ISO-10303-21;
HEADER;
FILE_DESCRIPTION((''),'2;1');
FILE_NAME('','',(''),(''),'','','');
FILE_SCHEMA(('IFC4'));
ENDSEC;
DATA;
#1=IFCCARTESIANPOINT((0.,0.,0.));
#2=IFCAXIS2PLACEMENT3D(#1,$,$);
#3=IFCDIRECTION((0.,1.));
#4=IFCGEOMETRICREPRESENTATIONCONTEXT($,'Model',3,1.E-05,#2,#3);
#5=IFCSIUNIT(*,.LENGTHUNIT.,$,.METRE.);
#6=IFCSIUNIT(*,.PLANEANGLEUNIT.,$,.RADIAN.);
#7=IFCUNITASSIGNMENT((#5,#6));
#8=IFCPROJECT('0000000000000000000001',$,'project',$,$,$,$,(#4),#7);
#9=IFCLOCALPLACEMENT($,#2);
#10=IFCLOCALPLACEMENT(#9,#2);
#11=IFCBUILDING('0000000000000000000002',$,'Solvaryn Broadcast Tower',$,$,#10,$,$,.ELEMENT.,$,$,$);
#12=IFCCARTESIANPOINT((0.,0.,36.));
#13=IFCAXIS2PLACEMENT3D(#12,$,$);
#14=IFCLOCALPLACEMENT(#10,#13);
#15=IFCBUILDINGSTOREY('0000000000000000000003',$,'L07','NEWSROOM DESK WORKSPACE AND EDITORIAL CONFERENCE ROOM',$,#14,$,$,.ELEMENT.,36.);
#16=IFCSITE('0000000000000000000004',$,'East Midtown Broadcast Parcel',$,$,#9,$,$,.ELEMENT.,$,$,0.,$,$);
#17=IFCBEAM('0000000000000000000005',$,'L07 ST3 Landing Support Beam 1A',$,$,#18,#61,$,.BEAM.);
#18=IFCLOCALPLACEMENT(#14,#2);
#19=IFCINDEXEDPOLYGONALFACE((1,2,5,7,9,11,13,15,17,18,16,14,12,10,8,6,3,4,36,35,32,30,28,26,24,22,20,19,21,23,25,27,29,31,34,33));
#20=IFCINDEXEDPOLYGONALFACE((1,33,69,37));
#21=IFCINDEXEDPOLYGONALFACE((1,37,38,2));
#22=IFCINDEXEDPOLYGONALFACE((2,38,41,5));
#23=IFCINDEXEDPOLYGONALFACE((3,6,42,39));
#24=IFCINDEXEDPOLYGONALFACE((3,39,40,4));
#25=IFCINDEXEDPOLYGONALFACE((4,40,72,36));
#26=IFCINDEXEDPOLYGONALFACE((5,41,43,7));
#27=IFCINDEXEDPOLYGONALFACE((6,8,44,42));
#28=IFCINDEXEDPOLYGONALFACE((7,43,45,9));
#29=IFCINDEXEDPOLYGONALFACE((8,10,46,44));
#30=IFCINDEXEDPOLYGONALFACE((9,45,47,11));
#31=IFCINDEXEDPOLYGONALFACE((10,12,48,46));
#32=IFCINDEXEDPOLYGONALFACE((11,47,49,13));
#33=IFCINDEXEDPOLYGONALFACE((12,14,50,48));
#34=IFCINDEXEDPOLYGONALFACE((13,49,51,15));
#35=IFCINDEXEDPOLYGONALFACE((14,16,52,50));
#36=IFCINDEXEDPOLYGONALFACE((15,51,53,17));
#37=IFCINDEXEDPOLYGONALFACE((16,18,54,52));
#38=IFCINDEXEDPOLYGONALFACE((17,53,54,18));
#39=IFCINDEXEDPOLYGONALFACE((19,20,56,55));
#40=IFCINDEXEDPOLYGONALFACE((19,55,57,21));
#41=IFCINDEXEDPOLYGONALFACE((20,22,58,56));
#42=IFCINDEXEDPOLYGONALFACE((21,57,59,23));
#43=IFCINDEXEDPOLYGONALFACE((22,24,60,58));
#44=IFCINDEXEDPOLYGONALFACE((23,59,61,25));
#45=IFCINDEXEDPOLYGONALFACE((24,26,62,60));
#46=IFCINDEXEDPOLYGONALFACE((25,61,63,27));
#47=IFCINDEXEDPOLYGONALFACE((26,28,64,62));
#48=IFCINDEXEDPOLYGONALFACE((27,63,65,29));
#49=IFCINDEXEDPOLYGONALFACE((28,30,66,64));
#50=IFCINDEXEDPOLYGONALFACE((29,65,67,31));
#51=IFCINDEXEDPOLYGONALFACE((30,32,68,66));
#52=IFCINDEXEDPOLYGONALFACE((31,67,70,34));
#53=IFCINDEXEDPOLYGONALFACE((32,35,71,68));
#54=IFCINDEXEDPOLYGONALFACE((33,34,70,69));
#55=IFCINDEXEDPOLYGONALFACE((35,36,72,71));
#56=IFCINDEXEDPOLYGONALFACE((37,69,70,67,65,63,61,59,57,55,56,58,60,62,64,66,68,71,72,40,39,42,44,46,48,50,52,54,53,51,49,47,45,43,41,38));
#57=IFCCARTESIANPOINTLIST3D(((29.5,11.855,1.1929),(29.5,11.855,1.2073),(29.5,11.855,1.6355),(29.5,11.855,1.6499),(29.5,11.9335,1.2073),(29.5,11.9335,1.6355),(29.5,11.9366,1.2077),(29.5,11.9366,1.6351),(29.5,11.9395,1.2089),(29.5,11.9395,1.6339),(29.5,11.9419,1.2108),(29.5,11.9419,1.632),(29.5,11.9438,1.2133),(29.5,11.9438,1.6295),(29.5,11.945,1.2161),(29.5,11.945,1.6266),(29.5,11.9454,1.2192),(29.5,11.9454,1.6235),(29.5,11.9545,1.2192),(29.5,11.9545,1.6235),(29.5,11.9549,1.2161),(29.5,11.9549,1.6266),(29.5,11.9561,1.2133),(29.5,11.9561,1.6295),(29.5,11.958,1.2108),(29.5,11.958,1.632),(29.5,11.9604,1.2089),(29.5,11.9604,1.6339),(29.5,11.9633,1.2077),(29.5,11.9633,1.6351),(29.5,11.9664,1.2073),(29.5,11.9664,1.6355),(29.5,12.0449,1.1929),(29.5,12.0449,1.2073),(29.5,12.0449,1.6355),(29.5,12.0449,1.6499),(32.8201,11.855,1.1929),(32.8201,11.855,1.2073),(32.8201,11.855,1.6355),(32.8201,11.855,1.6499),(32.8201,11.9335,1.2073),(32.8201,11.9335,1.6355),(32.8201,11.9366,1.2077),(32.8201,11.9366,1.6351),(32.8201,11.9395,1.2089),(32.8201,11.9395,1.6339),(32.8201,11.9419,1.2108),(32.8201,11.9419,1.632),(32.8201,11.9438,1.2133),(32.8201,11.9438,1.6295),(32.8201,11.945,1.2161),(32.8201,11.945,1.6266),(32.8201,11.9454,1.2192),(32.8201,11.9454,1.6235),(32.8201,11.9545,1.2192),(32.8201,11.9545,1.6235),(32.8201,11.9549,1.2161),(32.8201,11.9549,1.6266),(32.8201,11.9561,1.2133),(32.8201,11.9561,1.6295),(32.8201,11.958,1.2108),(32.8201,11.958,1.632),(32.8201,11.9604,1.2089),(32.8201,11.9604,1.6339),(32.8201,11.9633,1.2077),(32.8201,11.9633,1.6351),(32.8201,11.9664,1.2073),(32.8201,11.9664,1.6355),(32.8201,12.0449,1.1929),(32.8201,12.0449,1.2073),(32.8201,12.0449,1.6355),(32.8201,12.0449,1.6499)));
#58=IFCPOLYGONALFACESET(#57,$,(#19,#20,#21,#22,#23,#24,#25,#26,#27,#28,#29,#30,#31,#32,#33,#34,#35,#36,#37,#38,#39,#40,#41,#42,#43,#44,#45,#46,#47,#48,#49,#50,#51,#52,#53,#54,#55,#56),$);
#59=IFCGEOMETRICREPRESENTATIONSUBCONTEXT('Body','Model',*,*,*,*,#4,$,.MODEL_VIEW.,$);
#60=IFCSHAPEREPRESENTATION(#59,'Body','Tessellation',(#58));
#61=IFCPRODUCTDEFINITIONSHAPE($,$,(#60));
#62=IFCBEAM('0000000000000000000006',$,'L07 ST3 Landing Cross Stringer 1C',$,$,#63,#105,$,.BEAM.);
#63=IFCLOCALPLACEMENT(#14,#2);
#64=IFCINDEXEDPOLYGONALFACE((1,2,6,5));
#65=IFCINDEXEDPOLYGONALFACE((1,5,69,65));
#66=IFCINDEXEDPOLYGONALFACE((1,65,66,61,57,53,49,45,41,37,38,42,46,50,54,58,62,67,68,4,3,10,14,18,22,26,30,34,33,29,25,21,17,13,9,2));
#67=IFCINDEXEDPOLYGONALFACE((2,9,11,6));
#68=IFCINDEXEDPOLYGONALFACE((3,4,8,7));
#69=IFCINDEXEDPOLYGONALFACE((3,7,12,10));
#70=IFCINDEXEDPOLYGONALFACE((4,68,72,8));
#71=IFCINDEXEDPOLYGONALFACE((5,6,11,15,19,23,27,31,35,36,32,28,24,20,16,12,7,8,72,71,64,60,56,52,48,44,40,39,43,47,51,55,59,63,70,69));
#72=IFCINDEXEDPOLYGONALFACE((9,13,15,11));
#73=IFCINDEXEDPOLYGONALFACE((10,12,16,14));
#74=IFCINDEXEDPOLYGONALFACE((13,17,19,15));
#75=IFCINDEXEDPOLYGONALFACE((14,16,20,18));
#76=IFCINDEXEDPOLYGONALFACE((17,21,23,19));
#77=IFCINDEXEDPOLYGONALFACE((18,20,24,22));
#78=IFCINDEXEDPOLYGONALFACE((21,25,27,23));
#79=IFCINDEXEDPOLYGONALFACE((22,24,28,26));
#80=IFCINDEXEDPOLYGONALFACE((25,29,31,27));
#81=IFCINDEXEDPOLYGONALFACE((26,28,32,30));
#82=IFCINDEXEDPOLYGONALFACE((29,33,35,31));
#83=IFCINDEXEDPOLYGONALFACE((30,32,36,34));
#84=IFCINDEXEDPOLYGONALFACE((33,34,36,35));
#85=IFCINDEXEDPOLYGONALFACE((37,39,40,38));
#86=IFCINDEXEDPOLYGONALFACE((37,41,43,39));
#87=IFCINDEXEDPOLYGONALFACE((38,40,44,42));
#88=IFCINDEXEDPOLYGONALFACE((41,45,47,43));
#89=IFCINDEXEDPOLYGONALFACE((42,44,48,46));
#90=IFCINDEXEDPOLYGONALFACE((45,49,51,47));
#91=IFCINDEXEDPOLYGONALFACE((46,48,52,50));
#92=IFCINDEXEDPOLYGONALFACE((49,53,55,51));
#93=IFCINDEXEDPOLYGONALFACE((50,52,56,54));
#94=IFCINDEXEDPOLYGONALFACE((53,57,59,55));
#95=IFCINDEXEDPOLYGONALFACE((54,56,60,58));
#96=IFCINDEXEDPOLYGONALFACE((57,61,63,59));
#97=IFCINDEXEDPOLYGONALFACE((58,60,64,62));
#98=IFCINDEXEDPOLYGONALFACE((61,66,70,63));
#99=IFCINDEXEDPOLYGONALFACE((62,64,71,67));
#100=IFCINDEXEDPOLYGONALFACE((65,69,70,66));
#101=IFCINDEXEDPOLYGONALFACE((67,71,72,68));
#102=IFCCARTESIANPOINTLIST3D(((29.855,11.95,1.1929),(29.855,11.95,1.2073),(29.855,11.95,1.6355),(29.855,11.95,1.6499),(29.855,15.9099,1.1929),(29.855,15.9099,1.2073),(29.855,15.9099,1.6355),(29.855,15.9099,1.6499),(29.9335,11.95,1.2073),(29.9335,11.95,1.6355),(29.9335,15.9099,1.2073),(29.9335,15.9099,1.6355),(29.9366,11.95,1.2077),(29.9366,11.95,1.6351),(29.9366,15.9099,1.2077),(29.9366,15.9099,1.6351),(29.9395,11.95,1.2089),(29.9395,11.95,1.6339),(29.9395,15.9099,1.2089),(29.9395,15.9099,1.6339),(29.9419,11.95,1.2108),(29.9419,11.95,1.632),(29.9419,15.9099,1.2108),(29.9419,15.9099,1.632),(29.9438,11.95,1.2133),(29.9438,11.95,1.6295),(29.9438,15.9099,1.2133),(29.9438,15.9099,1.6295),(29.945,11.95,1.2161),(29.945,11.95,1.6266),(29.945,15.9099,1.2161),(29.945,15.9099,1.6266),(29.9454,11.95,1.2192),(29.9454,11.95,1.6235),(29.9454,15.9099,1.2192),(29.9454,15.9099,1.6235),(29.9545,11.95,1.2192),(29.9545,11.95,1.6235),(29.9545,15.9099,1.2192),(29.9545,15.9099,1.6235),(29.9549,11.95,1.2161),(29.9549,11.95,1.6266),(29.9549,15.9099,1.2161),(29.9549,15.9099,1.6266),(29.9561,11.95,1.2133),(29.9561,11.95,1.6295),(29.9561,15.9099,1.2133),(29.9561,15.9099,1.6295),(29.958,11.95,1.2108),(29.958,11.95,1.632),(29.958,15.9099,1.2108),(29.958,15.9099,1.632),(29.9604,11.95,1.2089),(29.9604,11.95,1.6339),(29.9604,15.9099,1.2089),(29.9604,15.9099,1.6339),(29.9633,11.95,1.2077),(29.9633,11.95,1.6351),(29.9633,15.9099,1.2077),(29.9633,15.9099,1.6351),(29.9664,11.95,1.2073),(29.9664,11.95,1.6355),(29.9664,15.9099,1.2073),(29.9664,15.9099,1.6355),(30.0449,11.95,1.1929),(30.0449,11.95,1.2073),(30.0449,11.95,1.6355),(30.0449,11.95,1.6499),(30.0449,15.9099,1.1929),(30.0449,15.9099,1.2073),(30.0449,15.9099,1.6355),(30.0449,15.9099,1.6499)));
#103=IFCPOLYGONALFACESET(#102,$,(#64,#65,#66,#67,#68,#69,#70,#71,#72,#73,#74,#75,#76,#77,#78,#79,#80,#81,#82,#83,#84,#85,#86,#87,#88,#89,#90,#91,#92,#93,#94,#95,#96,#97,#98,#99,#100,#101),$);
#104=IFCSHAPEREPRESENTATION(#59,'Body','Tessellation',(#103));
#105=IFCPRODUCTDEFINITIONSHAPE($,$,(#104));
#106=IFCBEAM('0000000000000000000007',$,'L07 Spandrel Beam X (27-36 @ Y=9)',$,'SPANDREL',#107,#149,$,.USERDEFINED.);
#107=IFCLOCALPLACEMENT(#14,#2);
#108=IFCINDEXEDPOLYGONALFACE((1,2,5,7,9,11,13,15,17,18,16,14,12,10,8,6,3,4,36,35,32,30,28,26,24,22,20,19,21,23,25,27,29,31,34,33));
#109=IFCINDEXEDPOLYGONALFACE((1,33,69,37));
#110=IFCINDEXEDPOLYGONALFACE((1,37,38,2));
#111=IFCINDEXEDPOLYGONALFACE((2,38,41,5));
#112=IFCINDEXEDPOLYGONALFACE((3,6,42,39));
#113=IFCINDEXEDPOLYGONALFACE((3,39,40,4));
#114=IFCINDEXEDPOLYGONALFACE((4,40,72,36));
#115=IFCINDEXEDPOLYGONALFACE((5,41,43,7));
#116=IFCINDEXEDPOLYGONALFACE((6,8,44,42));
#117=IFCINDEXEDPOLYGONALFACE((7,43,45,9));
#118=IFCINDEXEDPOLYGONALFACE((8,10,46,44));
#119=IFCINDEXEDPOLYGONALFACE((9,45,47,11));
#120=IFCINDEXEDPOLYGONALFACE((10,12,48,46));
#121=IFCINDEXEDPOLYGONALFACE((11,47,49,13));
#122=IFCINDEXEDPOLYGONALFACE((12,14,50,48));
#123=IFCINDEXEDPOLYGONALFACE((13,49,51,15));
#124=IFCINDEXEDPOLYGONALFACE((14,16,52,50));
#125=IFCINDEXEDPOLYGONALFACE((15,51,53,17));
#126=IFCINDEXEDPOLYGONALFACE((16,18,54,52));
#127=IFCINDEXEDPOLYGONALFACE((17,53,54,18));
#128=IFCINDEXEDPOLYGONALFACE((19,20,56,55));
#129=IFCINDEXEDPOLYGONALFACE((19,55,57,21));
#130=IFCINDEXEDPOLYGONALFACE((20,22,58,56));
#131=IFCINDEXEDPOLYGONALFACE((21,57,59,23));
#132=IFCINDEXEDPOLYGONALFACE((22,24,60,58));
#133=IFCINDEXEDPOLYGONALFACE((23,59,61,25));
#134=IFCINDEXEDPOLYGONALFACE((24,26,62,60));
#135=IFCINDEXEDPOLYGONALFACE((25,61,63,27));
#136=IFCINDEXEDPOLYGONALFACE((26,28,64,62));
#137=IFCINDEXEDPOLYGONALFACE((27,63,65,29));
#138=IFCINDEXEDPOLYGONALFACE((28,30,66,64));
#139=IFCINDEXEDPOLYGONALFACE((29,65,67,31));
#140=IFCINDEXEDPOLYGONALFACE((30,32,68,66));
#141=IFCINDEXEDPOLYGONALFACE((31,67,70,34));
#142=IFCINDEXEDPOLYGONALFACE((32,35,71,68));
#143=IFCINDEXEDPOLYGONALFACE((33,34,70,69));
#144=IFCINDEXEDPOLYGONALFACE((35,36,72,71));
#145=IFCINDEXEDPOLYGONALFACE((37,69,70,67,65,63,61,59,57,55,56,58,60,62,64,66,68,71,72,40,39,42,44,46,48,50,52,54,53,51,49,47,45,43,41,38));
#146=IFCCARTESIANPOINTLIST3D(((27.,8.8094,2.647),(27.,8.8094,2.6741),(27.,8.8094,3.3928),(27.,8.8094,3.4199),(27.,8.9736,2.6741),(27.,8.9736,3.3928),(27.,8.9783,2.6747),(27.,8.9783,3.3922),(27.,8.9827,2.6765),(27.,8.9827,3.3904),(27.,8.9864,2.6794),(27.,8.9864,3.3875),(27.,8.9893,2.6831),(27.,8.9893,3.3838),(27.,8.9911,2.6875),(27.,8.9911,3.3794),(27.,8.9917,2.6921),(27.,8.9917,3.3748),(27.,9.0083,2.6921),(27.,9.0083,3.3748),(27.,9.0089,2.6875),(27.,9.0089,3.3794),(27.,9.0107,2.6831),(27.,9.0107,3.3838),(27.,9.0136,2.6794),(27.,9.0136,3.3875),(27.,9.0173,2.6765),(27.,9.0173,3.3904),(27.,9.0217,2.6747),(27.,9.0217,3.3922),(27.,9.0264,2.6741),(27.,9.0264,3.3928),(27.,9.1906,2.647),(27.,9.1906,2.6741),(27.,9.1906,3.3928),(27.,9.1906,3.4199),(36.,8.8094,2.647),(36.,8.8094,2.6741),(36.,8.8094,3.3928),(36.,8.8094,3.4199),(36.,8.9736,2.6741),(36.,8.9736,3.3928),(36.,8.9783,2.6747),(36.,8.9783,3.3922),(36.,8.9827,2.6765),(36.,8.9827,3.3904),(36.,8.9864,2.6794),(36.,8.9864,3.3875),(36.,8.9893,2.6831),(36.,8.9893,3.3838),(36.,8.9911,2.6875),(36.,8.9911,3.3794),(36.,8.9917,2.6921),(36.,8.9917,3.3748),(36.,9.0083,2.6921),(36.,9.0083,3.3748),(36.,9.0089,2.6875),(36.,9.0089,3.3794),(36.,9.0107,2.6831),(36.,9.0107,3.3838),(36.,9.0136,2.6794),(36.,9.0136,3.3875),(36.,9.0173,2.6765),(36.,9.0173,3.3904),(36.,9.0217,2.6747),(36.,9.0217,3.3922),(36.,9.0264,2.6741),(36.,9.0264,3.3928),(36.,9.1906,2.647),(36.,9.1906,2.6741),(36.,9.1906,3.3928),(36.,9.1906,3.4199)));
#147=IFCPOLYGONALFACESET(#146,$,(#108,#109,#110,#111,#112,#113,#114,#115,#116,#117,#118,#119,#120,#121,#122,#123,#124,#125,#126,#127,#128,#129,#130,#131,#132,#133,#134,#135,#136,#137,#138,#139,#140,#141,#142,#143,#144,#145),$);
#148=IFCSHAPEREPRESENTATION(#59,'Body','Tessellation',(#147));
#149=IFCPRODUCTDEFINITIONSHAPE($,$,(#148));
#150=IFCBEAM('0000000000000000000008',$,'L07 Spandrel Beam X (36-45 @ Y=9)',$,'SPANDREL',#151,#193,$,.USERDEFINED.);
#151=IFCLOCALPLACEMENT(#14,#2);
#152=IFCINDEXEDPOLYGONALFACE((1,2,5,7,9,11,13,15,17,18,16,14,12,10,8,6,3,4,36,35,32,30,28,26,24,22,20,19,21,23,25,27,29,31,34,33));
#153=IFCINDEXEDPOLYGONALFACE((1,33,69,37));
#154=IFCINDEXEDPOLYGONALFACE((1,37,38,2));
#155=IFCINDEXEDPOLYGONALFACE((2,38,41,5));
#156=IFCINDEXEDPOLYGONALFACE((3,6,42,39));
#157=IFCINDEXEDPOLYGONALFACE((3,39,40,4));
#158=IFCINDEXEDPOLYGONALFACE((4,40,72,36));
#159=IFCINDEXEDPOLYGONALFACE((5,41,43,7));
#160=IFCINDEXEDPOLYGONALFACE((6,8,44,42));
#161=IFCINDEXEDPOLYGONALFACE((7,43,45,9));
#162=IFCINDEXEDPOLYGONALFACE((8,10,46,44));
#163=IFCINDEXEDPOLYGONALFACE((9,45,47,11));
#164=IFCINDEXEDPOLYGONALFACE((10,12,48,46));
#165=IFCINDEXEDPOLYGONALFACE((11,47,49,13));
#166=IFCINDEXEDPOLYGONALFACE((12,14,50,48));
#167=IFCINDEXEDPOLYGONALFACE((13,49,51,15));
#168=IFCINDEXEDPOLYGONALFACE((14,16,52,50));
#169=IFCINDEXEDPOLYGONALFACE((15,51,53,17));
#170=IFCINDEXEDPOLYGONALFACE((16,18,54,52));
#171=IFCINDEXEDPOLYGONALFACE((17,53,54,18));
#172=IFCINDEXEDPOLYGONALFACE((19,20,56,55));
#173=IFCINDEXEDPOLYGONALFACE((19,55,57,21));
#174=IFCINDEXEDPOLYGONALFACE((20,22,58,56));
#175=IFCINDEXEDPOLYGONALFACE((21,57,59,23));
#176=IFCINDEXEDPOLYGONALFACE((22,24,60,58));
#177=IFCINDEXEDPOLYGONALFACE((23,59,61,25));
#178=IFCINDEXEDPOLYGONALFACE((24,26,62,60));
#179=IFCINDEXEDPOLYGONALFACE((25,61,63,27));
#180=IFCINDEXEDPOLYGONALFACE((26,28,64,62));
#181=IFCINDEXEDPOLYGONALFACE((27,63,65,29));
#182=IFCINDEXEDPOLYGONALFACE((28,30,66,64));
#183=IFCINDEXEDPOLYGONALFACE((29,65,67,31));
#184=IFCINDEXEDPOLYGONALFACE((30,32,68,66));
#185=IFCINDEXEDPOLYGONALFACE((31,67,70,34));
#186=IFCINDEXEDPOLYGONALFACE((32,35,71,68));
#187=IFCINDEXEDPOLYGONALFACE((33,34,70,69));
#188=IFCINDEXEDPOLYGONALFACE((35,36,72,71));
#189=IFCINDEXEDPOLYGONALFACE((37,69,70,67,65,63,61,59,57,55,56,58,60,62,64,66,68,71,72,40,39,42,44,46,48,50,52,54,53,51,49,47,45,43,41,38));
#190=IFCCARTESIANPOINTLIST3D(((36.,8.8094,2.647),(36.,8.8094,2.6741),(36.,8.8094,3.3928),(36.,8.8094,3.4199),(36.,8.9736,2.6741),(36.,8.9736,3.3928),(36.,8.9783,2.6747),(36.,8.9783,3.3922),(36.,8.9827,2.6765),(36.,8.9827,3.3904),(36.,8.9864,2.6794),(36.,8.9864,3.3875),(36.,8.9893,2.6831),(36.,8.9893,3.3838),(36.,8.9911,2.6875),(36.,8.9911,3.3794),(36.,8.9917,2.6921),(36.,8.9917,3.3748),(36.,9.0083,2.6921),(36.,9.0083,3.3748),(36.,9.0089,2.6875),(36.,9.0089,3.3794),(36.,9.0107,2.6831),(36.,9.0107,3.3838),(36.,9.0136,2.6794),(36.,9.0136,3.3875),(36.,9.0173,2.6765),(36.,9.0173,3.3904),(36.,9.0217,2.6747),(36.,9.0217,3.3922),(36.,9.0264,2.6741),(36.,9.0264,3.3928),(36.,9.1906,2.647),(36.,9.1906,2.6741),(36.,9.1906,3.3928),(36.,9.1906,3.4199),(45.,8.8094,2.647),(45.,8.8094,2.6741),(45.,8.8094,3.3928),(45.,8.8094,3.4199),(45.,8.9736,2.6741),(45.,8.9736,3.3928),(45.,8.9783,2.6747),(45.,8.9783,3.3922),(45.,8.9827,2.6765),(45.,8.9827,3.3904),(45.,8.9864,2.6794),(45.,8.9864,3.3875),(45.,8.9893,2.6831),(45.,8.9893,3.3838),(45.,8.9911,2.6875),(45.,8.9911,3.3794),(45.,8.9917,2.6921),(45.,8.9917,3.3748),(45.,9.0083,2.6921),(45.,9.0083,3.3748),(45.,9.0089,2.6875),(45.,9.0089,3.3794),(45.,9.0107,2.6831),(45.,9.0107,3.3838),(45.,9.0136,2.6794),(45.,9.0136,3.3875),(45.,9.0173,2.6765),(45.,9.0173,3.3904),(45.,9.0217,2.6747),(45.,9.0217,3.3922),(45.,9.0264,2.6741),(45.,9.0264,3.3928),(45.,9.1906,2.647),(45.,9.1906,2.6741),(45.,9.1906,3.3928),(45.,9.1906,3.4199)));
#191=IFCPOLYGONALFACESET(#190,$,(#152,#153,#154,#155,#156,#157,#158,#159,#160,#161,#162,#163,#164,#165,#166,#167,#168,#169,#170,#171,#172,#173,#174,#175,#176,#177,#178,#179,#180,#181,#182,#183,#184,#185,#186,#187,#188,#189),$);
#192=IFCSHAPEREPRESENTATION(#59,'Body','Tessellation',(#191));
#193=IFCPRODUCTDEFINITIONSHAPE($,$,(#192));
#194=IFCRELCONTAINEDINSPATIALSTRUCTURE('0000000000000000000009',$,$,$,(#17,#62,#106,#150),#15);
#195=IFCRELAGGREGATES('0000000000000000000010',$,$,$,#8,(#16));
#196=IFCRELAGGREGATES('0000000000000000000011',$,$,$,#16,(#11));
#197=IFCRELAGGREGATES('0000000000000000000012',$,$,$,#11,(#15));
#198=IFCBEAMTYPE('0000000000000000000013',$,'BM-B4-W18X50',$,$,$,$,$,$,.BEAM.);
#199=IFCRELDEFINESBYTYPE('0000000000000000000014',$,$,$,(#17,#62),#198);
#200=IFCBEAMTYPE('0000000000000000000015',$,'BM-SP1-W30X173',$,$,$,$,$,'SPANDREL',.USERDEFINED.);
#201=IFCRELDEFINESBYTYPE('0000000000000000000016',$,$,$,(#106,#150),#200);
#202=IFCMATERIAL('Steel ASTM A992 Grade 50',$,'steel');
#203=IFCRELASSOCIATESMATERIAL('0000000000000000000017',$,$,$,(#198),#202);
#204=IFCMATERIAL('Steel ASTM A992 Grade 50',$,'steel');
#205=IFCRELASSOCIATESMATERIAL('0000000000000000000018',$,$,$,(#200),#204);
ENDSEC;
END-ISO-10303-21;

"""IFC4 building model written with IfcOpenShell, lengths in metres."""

from ifc_helpers import new_model, si_unit, direction, frame, origin, origin_2d, place, context, subcontext, project, spatial, i_section, extrude, material, material_profile, profile_set, type_object, element, save


model = new_model("IFC4")

# Units and contexts
model_context = context("Model", 3, precision=1e-05, world=origin(), true_north=direction((0.0, 1.0)))
body_context = subcontext(model_context, "Body", "Model", "MODEL_VIEW")
ifc_project = project(units=[si_unit("LENGTHUNIT", "METRE"), si_unit("PLANEANGLEUNIT", "RADIAN")], contexts=[model_context])

# Site, building, storey
site_placement = place(None, origin())
site = spatial("IfcSite", under=ifc_project, at=site_placement, Name="East Midtown Broadcast Parcel", CompositionType="ELEMENT", RefElevation=0.0)
building_placement = place(site_placement, origin())
building = spatial("IfcBuilding", under=site, at=building_placement, Name="Solvaryn Broadcast Tower", CompositionType="ELEMENT")
storey_placement = place(building_placement, frame((0.0, 0.0, 36.0)))
storey = spatial("IfcBuildingStorey", under=building, at=storey_placement, Name="L07", Description="NEWSROOM DESK WORKSPACE AND EDITORIAL CONFERENCE ROOM", CompositionType="ELEMENT", Elevation=36.0)

# Beams
ifc_material_1 = material(Name="Steel ASTM A992 Grade 50", Category="steel")
ifc_material_profile_1 = material_profile(ifc_material_1, i_section(OverallWidth=0.1899, OverallDepth=0.457, WebThickness=0.009, FlangeThickness=0.0144, FilletRadius=0.012, at=origin_2d()))
ifc_profile_set_1 = profile_set([ifc_material_profile_1], Name="Steel ASTM A992 Grade 50")
beam_type_1 = type_object("IfcBeamType", Name="BM-B4-W18X50", PredefinedType="BEAM", material=ifc_profile_set_1)
beam_1_placement = place(storey_placement, frame((29.5, 11.95, 1.4214), z_axis=(1.0, 0.0, 0.0), x_axis=(0.0, 1.0, 0.0)))
element("IfcBeam", 1, at=beam_1_placement, inside=storey, type_object=beam_type_1, Name="L07 ST3 Landing Support Beam 1A", PredefinedType="BEAM", context=body_context, shape_type="SweptSolid", body=[
    extrude(i_section(OverallWidth=0.1899, OverallDepth=0.457, WebThickness=0.009, FlangeThickness=0.0144, FilletRadius=0.012, at=origin_2d()), origin(), (0.0, 0.0, 1.0), 3.3201),
])
beam_2_placement = place(storey_placement, frame((29.95, 11.95, 1.4214), z_axis=(0.0, 1.0, 0.0), x_axis=(-1.0, 0.0, 0.0)))
element("IfcBeam", 2, at=beam_2_placement, inside=storey, type_object=beam_type_1, Name="L07 ST3 Landing Cross Stringer 1C", PredefinedType="BEAM", context=body_context, shape_type="SweptSolid", body=[
    extrude(i_section(OverallWidth=0.1899, OverallDepth=0.457, WebThickness=0.009, FlangeThickness=0.0144, FilletRadius=0.012, at=origin_2d()), origin(), (0.0, 0.0, 1.0), 3.96),
])
ifc_material_2 = material(Name="Steel ASTM A992 Grade 50", Category="steel")
ifc_material_profile_2 = material_profile(ifc_material_2, i_section(OverallWidth=0.3811, OverallDepth=0.7729, WebThickness=0.0166, FlangeThickness=0.0271, FilletRadius=0.0181, at=origin_2d()))
ifc_profile_set_2 = profile_set([ifc_material_profile_2], Name="Steel ASTM A992 Grade 50")
beam_type_2 = type_object("IfcBeamType", Name="BM-SP1-W30X173", ElementType="SPANDREL", PredefinedType="USERDEFINED", material=ifc_profile_set_2)
for number, where, z_axis, x_axis, name in (
    (3, (27.0, 9.0, 3.0334), (1.0, 0.0, 0.0), (0.0, 1.0, 0.0), "L07 Spandrel Beam X (27-36 @ Y=9)"),
    (4, (36.0, 9.0, 3.0334), (1.0, 0.0, 0.0), (0.0, 1.0, 0.0), "L07 Spandrel Beam X (36-45 @ Y=9)"),
):
    element("IfcBeam", number, at=place(storey_placement, frame(where, z_axis=z_axis, x_axis=x_axis)), inside=storey, type_object=beam_type_2, Name=name, ObjectType="SPANDREL", PredefinedType="USERDEFINED", context=body_context, shape_type="SweptSolid", body=[
        extrude(i_section(OverallWidth=0.3811, OverallDepth=0.7729, WebThickness=0.0166, FlangeThickness=0.0271, FilletRadius=0.0181, at=origin_2d()), origin(), (0.0, 0.0, 1.0), 9.0),
    ])

save(model, "model.ifc")
